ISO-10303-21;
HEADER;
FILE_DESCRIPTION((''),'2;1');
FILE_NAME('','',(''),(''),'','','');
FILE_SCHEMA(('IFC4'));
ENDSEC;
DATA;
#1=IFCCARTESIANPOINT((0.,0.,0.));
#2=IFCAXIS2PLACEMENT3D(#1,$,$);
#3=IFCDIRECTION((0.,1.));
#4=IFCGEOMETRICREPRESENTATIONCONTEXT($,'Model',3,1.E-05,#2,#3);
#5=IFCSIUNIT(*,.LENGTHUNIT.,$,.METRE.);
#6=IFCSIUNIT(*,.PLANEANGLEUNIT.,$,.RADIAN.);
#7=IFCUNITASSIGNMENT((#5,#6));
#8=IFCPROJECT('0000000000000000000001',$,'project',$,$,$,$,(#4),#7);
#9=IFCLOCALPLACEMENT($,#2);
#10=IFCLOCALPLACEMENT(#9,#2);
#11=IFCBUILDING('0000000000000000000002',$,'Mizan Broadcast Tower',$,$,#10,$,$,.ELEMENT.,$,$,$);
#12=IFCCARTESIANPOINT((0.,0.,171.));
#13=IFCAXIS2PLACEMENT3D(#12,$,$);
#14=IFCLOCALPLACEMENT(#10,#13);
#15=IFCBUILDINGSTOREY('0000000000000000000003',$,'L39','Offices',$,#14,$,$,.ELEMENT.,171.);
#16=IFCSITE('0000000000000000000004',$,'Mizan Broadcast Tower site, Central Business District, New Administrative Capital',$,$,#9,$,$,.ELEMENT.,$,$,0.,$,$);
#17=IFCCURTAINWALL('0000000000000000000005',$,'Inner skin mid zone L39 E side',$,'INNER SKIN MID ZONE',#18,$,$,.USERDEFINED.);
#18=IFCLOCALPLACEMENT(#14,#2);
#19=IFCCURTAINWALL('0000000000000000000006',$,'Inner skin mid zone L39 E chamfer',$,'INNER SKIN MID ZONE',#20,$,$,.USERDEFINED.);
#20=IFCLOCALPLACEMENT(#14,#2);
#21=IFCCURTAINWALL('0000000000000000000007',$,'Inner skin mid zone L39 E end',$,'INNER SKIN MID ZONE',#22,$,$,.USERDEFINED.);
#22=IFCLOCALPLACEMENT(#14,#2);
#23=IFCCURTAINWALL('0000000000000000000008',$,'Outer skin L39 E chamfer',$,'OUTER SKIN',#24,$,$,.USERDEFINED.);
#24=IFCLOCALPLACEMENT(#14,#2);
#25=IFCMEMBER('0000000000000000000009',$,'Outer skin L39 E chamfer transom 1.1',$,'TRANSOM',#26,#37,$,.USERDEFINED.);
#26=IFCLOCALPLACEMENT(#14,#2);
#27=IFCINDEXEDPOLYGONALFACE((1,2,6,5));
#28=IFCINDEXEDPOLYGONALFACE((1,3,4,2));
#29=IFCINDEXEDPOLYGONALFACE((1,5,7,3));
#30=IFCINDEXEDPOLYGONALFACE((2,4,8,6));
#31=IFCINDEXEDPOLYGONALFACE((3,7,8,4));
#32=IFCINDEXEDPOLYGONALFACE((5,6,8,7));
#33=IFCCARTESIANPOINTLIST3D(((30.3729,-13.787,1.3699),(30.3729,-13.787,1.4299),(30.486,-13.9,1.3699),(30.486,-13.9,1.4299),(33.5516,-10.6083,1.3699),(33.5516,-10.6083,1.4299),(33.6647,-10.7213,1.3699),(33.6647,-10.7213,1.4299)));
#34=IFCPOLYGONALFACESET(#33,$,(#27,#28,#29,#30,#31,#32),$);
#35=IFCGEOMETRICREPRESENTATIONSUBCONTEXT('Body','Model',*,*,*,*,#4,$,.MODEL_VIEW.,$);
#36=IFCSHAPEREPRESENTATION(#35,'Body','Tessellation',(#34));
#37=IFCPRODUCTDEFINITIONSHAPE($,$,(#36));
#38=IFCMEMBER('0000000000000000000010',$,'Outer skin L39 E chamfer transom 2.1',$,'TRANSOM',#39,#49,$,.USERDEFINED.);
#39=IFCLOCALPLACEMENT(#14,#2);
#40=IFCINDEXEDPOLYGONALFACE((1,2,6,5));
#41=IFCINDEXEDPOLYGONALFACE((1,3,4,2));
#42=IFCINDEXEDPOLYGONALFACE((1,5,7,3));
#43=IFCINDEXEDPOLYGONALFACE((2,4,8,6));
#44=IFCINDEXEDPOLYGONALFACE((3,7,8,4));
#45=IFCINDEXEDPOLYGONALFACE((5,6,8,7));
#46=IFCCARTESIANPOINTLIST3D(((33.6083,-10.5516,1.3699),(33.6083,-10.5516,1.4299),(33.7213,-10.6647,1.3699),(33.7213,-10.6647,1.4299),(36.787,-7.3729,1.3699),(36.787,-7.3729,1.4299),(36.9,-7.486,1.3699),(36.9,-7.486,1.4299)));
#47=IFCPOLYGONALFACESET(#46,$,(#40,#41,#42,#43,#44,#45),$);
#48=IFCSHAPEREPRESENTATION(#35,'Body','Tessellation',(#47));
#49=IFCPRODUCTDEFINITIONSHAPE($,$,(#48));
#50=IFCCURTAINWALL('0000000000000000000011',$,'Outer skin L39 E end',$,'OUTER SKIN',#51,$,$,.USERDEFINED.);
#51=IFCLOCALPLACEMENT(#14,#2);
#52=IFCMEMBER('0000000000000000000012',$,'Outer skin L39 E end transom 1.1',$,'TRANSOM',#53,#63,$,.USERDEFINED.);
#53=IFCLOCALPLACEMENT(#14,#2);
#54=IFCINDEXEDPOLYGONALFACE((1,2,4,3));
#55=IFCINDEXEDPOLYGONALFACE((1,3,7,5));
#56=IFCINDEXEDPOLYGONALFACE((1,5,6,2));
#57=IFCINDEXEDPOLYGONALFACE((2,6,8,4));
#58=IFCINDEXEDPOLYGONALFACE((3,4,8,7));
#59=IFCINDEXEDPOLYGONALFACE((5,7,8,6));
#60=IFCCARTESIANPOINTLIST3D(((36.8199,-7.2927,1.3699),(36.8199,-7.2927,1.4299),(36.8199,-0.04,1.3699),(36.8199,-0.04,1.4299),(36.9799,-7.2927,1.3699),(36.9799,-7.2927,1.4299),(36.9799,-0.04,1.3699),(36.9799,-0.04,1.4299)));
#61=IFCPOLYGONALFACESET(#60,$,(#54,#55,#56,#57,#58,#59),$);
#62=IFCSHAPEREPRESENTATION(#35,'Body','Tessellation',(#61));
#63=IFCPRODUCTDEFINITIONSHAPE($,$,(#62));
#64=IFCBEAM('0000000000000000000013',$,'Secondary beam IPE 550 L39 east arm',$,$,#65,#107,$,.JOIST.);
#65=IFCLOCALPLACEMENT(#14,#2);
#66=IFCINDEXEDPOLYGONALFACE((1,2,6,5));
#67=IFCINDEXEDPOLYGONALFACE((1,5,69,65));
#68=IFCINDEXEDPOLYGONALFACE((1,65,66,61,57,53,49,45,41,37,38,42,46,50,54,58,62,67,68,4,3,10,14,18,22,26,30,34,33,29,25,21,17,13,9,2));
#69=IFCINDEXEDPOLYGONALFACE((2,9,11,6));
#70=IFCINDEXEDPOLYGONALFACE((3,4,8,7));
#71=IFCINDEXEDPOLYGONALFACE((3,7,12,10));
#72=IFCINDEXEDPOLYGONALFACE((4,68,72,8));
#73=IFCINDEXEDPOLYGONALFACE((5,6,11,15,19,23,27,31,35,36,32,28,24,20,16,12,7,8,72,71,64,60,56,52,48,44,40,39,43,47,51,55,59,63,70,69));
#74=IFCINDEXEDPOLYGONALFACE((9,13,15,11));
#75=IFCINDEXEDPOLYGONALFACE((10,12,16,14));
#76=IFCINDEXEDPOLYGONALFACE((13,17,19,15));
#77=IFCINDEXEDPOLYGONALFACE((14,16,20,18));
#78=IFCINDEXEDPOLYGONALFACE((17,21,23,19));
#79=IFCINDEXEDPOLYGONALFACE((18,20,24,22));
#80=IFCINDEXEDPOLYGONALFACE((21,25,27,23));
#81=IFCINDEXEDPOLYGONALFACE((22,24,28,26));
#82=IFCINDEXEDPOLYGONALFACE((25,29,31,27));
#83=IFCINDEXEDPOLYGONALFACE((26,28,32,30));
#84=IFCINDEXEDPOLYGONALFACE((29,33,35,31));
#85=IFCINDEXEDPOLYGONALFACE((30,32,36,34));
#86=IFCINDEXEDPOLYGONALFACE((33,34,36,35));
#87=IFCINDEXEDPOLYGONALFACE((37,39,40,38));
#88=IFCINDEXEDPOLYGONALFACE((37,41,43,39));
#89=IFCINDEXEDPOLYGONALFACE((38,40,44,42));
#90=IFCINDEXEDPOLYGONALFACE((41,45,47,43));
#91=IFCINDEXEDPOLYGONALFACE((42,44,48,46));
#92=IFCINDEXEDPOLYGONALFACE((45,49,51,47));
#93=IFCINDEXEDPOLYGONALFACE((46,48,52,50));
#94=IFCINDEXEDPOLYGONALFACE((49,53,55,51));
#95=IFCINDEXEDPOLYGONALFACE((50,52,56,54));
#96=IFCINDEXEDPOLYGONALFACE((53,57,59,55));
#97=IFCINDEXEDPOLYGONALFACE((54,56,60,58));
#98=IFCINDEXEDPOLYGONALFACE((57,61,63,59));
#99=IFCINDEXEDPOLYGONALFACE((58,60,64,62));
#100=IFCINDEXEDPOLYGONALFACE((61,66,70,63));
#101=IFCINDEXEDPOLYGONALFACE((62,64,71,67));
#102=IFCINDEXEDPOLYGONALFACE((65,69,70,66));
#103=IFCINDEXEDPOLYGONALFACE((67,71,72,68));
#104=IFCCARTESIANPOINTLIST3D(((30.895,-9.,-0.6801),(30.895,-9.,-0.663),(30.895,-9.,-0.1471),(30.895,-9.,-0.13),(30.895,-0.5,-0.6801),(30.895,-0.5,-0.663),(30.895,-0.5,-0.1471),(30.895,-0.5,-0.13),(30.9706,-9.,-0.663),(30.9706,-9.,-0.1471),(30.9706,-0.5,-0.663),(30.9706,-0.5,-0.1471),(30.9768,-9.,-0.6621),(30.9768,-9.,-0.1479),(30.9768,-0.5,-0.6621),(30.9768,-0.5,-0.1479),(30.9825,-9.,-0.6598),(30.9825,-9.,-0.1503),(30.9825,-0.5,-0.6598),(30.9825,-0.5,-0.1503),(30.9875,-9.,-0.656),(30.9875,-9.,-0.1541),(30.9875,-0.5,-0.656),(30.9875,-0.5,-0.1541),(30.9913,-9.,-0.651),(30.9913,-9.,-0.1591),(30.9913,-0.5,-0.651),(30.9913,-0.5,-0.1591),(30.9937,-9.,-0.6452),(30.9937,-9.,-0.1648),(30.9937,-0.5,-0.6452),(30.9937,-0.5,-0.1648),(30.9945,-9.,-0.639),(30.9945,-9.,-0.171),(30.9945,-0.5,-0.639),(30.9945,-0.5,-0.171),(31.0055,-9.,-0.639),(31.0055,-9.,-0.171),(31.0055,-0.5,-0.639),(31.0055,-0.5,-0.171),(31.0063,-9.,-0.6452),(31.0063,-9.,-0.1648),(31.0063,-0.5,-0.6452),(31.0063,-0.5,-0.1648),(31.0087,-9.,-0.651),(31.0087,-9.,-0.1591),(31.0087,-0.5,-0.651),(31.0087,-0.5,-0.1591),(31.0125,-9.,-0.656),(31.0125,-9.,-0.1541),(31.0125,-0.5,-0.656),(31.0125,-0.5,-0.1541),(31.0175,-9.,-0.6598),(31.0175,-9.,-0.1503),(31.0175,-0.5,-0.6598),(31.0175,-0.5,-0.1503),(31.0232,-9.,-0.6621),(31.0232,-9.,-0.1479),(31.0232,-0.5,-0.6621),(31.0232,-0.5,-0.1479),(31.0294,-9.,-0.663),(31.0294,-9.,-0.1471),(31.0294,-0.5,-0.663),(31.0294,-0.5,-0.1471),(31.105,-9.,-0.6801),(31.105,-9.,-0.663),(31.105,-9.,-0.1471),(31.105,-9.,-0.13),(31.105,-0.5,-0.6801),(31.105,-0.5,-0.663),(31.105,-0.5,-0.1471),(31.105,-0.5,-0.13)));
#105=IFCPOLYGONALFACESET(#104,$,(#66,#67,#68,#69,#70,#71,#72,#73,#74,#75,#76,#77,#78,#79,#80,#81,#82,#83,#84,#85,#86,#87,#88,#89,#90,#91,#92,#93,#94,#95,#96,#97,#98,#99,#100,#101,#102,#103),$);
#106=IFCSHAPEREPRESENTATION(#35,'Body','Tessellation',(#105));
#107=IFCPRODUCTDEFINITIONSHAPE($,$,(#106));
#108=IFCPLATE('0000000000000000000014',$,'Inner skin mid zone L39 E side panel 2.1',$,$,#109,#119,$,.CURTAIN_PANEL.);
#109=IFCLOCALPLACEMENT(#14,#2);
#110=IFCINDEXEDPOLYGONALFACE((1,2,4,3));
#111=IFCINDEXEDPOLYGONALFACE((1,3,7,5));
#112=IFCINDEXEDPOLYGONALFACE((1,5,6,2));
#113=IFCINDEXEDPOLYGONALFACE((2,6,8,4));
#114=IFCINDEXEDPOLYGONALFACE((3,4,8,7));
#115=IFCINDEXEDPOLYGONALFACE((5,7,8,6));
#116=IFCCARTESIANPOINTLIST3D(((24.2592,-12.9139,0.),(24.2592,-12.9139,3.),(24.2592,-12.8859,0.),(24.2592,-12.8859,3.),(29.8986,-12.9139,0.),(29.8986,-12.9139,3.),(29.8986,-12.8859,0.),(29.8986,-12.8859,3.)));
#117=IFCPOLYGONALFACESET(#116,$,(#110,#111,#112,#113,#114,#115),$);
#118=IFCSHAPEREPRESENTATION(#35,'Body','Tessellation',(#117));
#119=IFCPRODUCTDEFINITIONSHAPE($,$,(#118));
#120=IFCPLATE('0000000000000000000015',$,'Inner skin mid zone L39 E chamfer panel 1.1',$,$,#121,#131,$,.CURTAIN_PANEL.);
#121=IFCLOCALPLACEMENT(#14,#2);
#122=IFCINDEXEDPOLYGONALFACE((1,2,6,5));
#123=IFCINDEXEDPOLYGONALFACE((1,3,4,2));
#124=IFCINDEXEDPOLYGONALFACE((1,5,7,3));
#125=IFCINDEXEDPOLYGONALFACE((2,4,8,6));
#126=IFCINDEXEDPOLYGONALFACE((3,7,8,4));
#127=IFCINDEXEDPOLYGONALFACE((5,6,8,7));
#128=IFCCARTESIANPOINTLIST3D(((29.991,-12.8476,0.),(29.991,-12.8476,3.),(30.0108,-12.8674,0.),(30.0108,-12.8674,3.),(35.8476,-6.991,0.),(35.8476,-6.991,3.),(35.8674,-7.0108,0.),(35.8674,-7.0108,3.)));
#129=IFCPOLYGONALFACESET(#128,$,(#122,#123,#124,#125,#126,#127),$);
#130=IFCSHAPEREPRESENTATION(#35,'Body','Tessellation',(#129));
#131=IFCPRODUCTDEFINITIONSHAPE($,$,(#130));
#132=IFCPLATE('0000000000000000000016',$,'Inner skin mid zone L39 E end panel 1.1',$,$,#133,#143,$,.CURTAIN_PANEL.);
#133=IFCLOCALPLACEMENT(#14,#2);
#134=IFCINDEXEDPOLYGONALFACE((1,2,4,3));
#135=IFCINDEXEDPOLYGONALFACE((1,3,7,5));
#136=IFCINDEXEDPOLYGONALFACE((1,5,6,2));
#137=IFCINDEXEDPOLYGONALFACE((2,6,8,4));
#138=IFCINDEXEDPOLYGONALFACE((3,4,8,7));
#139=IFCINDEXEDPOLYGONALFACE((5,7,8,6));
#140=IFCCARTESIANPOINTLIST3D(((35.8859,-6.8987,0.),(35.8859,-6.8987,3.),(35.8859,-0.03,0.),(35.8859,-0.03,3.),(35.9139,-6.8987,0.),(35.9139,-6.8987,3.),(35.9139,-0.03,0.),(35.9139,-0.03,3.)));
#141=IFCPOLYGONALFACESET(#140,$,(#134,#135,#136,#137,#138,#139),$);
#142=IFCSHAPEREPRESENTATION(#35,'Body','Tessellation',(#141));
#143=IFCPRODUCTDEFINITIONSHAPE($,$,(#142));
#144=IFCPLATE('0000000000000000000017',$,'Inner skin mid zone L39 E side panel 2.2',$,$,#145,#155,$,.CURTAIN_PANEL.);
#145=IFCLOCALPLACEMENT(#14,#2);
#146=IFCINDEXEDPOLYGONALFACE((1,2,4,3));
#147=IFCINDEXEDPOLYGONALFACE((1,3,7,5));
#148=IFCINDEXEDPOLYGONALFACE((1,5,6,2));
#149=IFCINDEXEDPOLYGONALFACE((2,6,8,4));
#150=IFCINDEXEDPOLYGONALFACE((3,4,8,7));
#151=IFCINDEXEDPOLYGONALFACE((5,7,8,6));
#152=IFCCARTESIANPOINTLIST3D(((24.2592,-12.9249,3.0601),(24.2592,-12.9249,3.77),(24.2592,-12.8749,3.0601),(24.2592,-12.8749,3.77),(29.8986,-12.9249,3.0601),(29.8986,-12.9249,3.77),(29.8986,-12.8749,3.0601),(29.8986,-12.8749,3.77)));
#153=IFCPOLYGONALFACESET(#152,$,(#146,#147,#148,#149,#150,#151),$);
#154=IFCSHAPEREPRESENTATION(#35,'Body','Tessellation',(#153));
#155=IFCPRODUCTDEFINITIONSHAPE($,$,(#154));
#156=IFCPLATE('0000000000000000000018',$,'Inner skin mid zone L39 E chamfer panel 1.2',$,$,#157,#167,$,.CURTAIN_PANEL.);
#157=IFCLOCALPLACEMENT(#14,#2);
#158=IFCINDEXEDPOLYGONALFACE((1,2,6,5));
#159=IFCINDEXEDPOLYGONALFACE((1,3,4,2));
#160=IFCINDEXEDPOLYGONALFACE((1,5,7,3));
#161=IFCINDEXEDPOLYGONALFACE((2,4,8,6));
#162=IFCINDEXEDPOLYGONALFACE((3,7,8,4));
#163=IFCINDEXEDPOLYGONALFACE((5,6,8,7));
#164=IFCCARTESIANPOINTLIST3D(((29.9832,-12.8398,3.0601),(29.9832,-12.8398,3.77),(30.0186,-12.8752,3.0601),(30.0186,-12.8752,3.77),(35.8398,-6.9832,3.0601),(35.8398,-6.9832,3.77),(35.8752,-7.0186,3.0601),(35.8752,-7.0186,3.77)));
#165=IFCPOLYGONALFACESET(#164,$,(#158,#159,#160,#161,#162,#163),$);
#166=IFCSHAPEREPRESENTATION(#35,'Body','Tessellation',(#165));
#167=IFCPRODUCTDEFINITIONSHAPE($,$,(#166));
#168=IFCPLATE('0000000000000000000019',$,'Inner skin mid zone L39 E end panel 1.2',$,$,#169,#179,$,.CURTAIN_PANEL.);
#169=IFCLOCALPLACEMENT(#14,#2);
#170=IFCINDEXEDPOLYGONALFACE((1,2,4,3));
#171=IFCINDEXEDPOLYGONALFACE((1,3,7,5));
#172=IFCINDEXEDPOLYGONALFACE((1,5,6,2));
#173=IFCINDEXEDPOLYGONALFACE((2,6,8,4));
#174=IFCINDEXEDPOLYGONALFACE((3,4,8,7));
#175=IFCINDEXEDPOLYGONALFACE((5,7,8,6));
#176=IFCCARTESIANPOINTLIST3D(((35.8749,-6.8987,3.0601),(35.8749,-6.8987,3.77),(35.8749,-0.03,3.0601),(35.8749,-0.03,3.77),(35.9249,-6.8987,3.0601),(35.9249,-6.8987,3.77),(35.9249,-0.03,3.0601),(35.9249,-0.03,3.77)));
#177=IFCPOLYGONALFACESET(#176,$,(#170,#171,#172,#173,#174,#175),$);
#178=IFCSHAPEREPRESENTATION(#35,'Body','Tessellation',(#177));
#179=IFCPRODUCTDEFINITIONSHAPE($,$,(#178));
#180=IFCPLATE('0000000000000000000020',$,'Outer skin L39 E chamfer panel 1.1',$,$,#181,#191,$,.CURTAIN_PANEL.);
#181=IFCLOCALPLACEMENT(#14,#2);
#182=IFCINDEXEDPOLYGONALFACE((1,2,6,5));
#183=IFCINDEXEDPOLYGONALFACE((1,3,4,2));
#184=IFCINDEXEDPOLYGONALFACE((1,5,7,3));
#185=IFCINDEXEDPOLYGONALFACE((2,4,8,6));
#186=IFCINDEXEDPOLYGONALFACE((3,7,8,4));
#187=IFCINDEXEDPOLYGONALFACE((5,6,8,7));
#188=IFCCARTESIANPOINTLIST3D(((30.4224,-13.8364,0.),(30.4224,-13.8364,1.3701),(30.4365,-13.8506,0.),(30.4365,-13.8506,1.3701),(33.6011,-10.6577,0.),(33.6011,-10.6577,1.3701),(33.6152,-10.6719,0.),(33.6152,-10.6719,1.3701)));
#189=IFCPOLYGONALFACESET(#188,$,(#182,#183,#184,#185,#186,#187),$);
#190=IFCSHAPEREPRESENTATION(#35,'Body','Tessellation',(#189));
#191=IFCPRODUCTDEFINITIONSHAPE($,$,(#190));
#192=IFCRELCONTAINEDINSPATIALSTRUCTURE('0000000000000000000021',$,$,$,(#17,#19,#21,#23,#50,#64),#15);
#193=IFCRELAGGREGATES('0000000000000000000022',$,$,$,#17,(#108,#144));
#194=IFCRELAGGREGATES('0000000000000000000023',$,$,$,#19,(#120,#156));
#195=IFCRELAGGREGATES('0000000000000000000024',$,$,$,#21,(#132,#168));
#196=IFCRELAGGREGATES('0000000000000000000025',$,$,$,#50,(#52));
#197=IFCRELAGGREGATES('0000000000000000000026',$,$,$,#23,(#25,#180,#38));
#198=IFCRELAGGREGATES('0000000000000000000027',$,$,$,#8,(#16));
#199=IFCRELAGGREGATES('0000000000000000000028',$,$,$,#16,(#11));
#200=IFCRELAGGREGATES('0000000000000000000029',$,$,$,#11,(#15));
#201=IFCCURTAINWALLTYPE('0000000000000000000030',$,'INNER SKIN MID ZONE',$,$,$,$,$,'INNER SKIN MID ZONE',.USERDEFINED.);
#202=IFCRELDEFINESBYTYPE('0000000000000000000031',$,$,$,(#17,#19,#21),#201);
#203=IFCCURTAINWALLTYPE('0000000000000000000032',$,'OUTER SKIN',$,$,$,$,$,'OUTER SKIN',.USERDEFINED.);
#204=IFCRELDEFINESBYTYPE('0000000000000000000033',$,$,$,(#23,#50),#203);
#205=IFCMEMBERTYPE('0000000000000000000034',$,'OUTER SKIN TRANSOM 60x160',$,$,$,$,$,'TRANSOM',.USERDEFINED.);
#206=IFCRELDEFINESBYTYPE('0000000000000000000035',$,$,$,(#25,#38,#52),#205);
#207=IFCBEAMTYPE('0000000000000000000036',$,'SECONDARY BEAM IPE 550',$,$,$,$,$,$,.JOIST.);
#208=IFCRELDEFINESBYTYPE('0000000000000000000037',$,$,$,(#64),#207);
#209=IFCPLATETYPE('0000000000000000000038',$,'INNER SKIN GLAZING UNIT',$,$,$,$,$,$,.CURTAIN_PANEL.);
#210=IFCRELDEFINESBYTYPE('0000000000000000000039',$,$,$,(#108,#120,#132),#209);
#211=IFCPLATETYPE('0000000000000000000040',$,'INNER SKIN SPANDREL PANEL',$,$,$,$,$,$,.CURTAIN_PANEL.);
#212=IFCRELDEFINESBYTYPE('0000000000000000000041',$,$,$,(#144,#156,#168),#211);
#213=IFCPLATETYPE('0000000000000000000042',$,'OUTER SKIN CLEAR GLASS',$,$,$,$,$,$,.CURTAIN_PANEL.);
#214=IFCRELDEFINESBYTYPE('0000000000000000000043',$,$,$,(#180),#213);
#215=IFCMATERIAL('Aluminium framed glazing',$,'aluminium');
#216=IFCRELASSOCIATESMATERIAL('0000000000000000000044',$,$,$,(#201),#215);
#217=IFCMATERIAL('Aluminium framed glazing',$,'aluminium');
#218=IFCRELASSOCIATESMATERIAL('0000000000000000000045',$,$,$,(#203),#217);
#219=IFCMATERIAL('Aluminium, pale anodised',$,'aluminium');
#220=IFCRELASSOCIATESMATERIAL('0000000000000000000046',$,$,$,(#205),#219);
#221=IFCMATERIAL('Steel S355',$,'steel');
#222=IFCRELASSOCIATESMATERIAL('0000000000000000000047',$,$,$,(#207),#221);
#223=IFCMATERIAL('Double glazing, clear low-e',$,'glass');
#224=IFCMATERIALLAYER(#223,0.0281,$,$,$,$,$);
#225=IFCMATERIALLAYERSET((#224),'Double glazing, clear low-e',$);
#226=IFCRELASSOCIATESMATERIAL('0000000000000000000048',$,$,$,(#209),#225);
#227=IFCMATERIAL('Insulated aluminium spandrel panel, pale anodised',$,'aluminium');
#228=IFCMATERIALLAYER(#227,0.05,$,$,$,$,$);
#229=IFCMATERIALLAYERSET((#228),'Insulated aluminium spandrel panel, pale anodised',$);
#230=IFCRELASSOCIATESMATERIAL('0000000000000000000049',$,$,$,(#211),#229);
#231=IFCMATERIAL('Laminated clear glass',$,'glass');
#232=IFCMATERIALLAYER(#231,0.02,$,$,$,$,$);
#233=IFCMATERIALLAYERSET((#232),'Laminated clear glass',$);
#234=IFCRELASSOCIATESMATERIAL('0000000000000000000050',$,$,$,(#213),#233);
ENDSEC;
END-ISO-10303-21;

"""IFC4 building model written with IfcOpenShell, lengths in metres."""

from ifc_helpers import new_model, si_unit, direction, frame, origin, origin_2d, place, context, subcontext, project, spatial, rectangle, i_section, extrude, material, layer, layer_set, material_profile, profile_set, type_object, element, aggregate, save


model = new_model("IFC4")

# Units and contexts
model_context = context("Model", 3, precision=1e-05, world=origin(), true_north=direction((0.0, 1.0)))
body_context = subcontext(model_context, "Body", "Model", "MODEL_VIEW")
ifc_project = project(units=[si_unit("LENGTHUNIT", "METRE"), si_unit("PLANEANGLEUNIT", "RADIAN")], contexts=[model_context])

# Site, building, storey
site_placement = place(None, origin())
site = spatial("IfcSite", under=ifc_project, at=site_placement, Name="Mizan Broadcast Tower site, Central Business District, New Administrative Capital", CompositionType="ELEMENT", RefElevation=0.0)
building_placement = place(site_placement, origin())
building = spatial("IfcBuilding", under=site, at=building_placement, Name="Mizan Broadcast Tower", CompositionType="ELEMENT")
storey_placement = place(building_placement, frame((0.0, 0.0, 171.0)))
storey = spatial("IfcBuildingStorey", under=building, at=storey_placement, Name="L39", Description="Offices", CompositionType="ELEMENT", Elevation=171.0)

# Curtain wall
ifc_material_1 = material(Name="Aluminium framed glazing", Category="aluminium")
curtain_wall_type_1 = type_object("IfcCurtainWallType", Name="INNER SKIN MID ZONE", ElementType="INNER SKIN MID ZONE", PredefinedType="USERDEFINED", material=ifc_material_1)
curtain_wall_1_placement = place(storey_placement, origin())
curtain_wall_1 = element("IfcCurtainWall", 1, at=curtain_wall_1_placement, inside=storey, type_object=curtain_wall_type_1, Name="Inner skin mid zone L39 E side", ObjectType="INNER SKIN MID ZONE", PredefinedType="USERDEFINED")

# Curtain wall
curtain_wall_2_placement = place(storey_placement, origin())
curtain_wall_2 = element("IfcCurtainWall", 2, at=curtain_wall_2_placement, inside=storey, type_object=curtain_wall_type_1, Name="Inner skin mid zone L39 E chamfer", ObjectType="INNER SKIN MID ZONE", PredefinedType="USERDEFINED")

# Curtain wall
curtain_wall_3_placement = place(storey_placement, origin())
curtain_wall_3 = element("IfcCurtainWall", 3, at=curtain_wall_3_placement, inside=storey, type_object=curtain_wall_type_1, Name="Inner skin mid zone L39 E end", ObjectType="INNER SKIN MID ZONE", PredefinedType="USERDEFINED")

# Curtain wall
ifc_material_2 = material(Name="Aluminium framed glazing", Category="aluminium")
curtain_wall_type_2 = type_object("IfcCurtainWallType", Name="OUTER SKIN", ElementType="OUTER SKIN", PredefinedType="USERDEFINED", material=ifc_material_2)
curtain_wall_4_placement = place(storey_placement, origin())
curtain_wall_4 = element("IfcCurtainWall", 4, at=curtain_wall_4_placement, inside=storey, type_object=curtain_wall_type_2, Name="Outer skin L39 E chamfer", ObjectType="OUTER SKIN", PredefinedType="USERDEFINED")

# Members
ifc_material_3 = material(Name="Aluminium, pale anodised", Category="aluminium")
ifc_material_profile_1 = material_profile(ifc_material_3, rectangle(XDim=0.1599, YDim=0.0601, at=origin_2d()), Name="TRANSOM 160x60")
ifc_profile_set_1 = profile_set([ifc_material_profile_1], Name="Aluminium, pale anodised")
member_type_1 = type_object("IfcMemberType", Name="OUTER SKIN TRANSOM 60x160", ElementType="TRANSOM", PredefinedType="USERDEFINED", material=ifc_profile_set_1)
member_1_placement = place(storey_placement, frame((30.4294, -13.8435, 1.3999), z_axis=(0.707107, 0.707107, 0.0), x_axis=(-0.707107, 0.707107, 0.0)))
member_1 = element("IfcMember", 5, at=member_1_placement, type_object=member_type_1, Name="Outer skin L39 E chamfer transom 1.1", ObjectType="TRANSOM", PredefinedType="USERDEFINED", context=body_context, shape_type="SweptSolid", body=[
    extrude(rectangle(XDim=0.1599, YDim=0.0601, at=origin_2d()), origin(), (0.0, 0.0, 1.0), 4.4954),
])
member_2_placement = place(storey_placement, frame((33.6648, -10.6082, 1.3999), z_axis=(0.707107, 0.707107, 0.0), x_axis=(-0.707107, 0.707107, 0.0)))
member_2 = element("IfcMember", 6, at=member_2_placement, type_object=member_type_1, Name="Outer skin L39 E chamfer transom 2.1", ObjectType="TRANSOM", PredefinedType="USERDEFINED", context=body_context, shape_type="SweptSolid", body=[
    extrude(rectangle(XDim=0.1599, YDim=0.0601, at=origin_2d()), origin(), (0.0, 0.0, 1.0), 4.4954),
])

# Curtain wall, member
curtain_wall_5_placement = place(storey_placement, origin())
curtain_wall_5 = element("IfcCurtainWall", 7, at=curtain_wall_5_placement, inside=storey, type_object=curtain_wall_type_2, Name="Outer skin L39 E end", ObjectType="OUTER SKIN", PredefinedType="USERDEFINED")
member_3_placement = place(storey_placement, frame((36.8999, -7.2927, 1.3999), z_axis=(0.0, 1.0, 0.0), x_axis=(-1.0, 0.0, 0.0)))
member_3 = element("IfcMember", 8, at=member_3_placement, type_object=member_type_1, Name="Outer skin L39 E end transom 1.1", ObjectType="TRANSOM", PredefinedType="USERDEFINED", context=body_context, shape_type="SweptSolid", body=[
    extrude(rectangle(XDim=0.1599, YDim=0.0601, at=origin_2d()), origin(), (0.0, 0.0, 1.0), 7.2527),
])

# Beam
ifc_material_4 = material(Name="Steel S355", Category="steel")
ifc_material_profile_2 = material_profile(ifc_material_4, i_section(OverallWidth=0.21, OverallDepth=0.55, WebThickness=0.011, FlangeThickness=0.0171, FilletRadius=0.0239, at=origin_2d()), Name="IPE 550")
ifc_profile_set_2 = profile_set([ifc_material_profile_2], Name="Steel S355")
beam_type_1 = type_object("IfcBeamType", Name="SECONDARY BEAM IPE 550", PredefinedType="JOIST", material=ifc_profile_set_2)
beam_1_placement = place(storey_placement, frame((31.0, -9.0, -0.405), z_axis=(0.0, 1.0, 0.0), x_axis=(-1.0, 0.0, 0.0)))
element("IfcBeam", 9, at=beam_1_placement, inside=storey, type_object=beam_type_1, Name="Secondary beam IPE 550 L39 east arm", PredefinedType="JOIST", context=body_context, shape_type="SweptSolid", body=[
    extrude(i_section(OverallWidth=0.21, OverallDepth=0.55, WebThickness=0.011, FlangeThickness=0.0171, FilletRadius=0.0239, at=origin_2d()), origin(), (0.0, 0.0, 1.0), 8.5),
])

# Plates
ifc_material_5 = material(Name="Double glazing, clear low-e", Category="glass")
ifc_layer_1 = layer(ifc_material_5, 0.0281)
ifc_layer_set_1 = layer_set([ifc_layer_1], Name="Double glazing, clear low-e")
plate_type_1 = type_object("IfcPlateType", Name="INNER SKIN GLAZING UNIT", PredefinedType="CURTAIN_PANEL", material=ifc_layer_set_1)
plate_1_placement = place(storey_placement, frame((27.0789, -12.8999, 0.0), z_axis=(0.0, 0.0, 1.0), x_axis=(1.0, 0.0, 0.0)))
plate_1 = element("IfcPlate", 10, at=plate_1_placement, type_object=plate_type_1, Name="Inner skin mid zone L39 E side panel 2.1", PredefinedType="CURTAIN_PANEL", context=body_context, shape_type="SweptSolid", body=[
    extrude(rectangle(XDim=5.6394, YDim=0.0281, at=origin_2d()), origin(), (0.0, 0.0, 1.0), 3.0),
])
plate_2_placement = place(storey_placement, frame((32.9292, -9.9292, 0.0), z_axis=(0.0, 0.0, 1.0), x_axis=(0.707107, 0.707107, 0.0)))
plate_2 = element("IfcPlate", 11, at=plate_2_placement, type_object=plate_type_1, Name="Inner skin mid zone L39 E chamfer panel 1.1", PredefinedType="CURTAIN_PANEL", context=body_context, shape_type="SweptSolid", body=[
    extrude(rectangle(XDim=8.2825, YDim=0.0281, at=origin_2d()), origin(), (0.0, 0.0, 1.0), 3.0),
])
plate_3_placement = place(storey_placement, frame((35.8999, -3.4644, 0.0), z_axis=(0.0, 0.0, 1.0), x_axis=(0.0, 1.0, 0.0)))
plate_3 = element("IfcPlate", 12, at=plate_3_placement, type_object=plate_type_1, Name="Inner skin mid zone L39 E end panel 1.1", PredefinedType="CURTAIN_PANEL", context=body_context, shape_type="SweptSolid", body=[
    extrude(rectangle(XDim=6.8687, YDim=0.0281, at=origin_2d()), origin(), (0.0, 0.0, 1.0), 3.0),
])
ifc_material_6 = material(Name="Insulated aluminium spandrel panel, pale anodised", Category="aluminium")
ifc_layer_2 = layer(ifc_material_6, 0.05)
ifc_layer_set_2 = layer_set([ifc_layer_2], Name="Insulated aluminium spandrel panel, pale anodised")
plate_type_2 = type_object("IfcPlateType", Name="INNER SKIN SPANDREL PANEL", PredefinedType="CURTAIN_PANEL", material=ifc_layer_set_2)
plate_4_placement = place(storey_placement, frame((27.0789, -12.8999, 3.0601), z_axis=(0.0, 0.0, 1.0), x_axis=(1.0, 0.0, 0.0)))
plate_4 = element("IfcPlate", 13, at=plate_4_placement, type_object=plate_type_2, Name="Inner skin mid zone L39 E side panel 2.2", PredefinedType="CURTAIN_PANEL", context=body_context, shape_type="SweptSolid", body=[
    extrude(rectangle(XDim=5.6394, YDim=0.05, at=origin_2d()), origin(), (0.0, 0.0, 1.0), 0.71),
])
aggregate(curtain_wall_1, [plate_1, plate_4])
plate_5_placement = place(storey_placement, frame((32.9292, -9.9292, 3.0601), z_axis=(0.0, 0.0, 1.0), x_axis=(0.707107, 0.707107, 0.0)))
plate_5 = element("IfcPlate", 14, at=plate_5_placement, type_object=plate_type_2, Name="Inner skin mid zone L39 E chamfer panel 1.2", PredefinedType="CURTAIN_PANEL", context=body_context, shape_type="SweptSolid", body=[
    extrude(rectangle(XDim=8.2825, YDim=0.05, at=origin_2d()), origin(), (0.0, 0.0, 1.0), 0.71),
])
aggregate(curtain_wall_2, [plate_2, plate_5])
plate_6_placement = place(storey_placement, frame((35.8999, -3.4644, 3.0601), z_axis=(0.0, 0.0, 1.0), x_axis=(0.0, 1.0, 0.0)))
plate_6 = element("IfcPlate", 15, at=plate_6_placement, type_object=plate_type_2, Name="Inner skin mid zone L39 E end panel 1.2", PredefinedType="CURTAIN_PANEL", context=body_context, shape_type="SweptSolid", body=[
    extrude(rectangle(XDim=6.8687, YDim=0.05, at=origin_2d()), origin(), (0.0, 0.0, 1.0), 0.71),
])
aggregate(curtain_wall_3, [plate_3, plate_6])
ifc_material_7 = material(Name="Laminated clear glass", Category="glass")
ifc_layer_3 = layer(ifc_material_7, 0.02)
ifc_layer_set_3 = layer_set([ifc_layer_3], Name="Laminated clear glass")
plate_type_3 = type_object("IfcPlateType", Name="OUTER SKIN CLEAR GLASS", PredefinedType="CURTAIN_PANEL", material=ifc_layer_set_3)
plate_7_placement = place(storey_placement, frame((32.0188, -12.2542, 0.0), z_axis=(0.0, 0.0, 1.0), x_axis=(0.707107, 0.707107, 0.0)))
plate_7 = element("IfcPlate", 16, at=plate_7_placement, type_object=plate_type_3, Name="Outer skin L39 E chamfer panel 1.1", PredefinedType="CURTAIN_PANEL", context=body_context, shape_type="SweptSolid", body=[
    extrude(rectangle(XDim=4.4954, YDim=0.02, at=origin_2d()), origin(), (0.0, 0.0, 1.0), 1.3701),
])
aggregate(curtain_wall_5, [member_3])
aggregate(curtain_wall_4, [member_1, plate_7, member_2])

save(model, "model.ifc")
